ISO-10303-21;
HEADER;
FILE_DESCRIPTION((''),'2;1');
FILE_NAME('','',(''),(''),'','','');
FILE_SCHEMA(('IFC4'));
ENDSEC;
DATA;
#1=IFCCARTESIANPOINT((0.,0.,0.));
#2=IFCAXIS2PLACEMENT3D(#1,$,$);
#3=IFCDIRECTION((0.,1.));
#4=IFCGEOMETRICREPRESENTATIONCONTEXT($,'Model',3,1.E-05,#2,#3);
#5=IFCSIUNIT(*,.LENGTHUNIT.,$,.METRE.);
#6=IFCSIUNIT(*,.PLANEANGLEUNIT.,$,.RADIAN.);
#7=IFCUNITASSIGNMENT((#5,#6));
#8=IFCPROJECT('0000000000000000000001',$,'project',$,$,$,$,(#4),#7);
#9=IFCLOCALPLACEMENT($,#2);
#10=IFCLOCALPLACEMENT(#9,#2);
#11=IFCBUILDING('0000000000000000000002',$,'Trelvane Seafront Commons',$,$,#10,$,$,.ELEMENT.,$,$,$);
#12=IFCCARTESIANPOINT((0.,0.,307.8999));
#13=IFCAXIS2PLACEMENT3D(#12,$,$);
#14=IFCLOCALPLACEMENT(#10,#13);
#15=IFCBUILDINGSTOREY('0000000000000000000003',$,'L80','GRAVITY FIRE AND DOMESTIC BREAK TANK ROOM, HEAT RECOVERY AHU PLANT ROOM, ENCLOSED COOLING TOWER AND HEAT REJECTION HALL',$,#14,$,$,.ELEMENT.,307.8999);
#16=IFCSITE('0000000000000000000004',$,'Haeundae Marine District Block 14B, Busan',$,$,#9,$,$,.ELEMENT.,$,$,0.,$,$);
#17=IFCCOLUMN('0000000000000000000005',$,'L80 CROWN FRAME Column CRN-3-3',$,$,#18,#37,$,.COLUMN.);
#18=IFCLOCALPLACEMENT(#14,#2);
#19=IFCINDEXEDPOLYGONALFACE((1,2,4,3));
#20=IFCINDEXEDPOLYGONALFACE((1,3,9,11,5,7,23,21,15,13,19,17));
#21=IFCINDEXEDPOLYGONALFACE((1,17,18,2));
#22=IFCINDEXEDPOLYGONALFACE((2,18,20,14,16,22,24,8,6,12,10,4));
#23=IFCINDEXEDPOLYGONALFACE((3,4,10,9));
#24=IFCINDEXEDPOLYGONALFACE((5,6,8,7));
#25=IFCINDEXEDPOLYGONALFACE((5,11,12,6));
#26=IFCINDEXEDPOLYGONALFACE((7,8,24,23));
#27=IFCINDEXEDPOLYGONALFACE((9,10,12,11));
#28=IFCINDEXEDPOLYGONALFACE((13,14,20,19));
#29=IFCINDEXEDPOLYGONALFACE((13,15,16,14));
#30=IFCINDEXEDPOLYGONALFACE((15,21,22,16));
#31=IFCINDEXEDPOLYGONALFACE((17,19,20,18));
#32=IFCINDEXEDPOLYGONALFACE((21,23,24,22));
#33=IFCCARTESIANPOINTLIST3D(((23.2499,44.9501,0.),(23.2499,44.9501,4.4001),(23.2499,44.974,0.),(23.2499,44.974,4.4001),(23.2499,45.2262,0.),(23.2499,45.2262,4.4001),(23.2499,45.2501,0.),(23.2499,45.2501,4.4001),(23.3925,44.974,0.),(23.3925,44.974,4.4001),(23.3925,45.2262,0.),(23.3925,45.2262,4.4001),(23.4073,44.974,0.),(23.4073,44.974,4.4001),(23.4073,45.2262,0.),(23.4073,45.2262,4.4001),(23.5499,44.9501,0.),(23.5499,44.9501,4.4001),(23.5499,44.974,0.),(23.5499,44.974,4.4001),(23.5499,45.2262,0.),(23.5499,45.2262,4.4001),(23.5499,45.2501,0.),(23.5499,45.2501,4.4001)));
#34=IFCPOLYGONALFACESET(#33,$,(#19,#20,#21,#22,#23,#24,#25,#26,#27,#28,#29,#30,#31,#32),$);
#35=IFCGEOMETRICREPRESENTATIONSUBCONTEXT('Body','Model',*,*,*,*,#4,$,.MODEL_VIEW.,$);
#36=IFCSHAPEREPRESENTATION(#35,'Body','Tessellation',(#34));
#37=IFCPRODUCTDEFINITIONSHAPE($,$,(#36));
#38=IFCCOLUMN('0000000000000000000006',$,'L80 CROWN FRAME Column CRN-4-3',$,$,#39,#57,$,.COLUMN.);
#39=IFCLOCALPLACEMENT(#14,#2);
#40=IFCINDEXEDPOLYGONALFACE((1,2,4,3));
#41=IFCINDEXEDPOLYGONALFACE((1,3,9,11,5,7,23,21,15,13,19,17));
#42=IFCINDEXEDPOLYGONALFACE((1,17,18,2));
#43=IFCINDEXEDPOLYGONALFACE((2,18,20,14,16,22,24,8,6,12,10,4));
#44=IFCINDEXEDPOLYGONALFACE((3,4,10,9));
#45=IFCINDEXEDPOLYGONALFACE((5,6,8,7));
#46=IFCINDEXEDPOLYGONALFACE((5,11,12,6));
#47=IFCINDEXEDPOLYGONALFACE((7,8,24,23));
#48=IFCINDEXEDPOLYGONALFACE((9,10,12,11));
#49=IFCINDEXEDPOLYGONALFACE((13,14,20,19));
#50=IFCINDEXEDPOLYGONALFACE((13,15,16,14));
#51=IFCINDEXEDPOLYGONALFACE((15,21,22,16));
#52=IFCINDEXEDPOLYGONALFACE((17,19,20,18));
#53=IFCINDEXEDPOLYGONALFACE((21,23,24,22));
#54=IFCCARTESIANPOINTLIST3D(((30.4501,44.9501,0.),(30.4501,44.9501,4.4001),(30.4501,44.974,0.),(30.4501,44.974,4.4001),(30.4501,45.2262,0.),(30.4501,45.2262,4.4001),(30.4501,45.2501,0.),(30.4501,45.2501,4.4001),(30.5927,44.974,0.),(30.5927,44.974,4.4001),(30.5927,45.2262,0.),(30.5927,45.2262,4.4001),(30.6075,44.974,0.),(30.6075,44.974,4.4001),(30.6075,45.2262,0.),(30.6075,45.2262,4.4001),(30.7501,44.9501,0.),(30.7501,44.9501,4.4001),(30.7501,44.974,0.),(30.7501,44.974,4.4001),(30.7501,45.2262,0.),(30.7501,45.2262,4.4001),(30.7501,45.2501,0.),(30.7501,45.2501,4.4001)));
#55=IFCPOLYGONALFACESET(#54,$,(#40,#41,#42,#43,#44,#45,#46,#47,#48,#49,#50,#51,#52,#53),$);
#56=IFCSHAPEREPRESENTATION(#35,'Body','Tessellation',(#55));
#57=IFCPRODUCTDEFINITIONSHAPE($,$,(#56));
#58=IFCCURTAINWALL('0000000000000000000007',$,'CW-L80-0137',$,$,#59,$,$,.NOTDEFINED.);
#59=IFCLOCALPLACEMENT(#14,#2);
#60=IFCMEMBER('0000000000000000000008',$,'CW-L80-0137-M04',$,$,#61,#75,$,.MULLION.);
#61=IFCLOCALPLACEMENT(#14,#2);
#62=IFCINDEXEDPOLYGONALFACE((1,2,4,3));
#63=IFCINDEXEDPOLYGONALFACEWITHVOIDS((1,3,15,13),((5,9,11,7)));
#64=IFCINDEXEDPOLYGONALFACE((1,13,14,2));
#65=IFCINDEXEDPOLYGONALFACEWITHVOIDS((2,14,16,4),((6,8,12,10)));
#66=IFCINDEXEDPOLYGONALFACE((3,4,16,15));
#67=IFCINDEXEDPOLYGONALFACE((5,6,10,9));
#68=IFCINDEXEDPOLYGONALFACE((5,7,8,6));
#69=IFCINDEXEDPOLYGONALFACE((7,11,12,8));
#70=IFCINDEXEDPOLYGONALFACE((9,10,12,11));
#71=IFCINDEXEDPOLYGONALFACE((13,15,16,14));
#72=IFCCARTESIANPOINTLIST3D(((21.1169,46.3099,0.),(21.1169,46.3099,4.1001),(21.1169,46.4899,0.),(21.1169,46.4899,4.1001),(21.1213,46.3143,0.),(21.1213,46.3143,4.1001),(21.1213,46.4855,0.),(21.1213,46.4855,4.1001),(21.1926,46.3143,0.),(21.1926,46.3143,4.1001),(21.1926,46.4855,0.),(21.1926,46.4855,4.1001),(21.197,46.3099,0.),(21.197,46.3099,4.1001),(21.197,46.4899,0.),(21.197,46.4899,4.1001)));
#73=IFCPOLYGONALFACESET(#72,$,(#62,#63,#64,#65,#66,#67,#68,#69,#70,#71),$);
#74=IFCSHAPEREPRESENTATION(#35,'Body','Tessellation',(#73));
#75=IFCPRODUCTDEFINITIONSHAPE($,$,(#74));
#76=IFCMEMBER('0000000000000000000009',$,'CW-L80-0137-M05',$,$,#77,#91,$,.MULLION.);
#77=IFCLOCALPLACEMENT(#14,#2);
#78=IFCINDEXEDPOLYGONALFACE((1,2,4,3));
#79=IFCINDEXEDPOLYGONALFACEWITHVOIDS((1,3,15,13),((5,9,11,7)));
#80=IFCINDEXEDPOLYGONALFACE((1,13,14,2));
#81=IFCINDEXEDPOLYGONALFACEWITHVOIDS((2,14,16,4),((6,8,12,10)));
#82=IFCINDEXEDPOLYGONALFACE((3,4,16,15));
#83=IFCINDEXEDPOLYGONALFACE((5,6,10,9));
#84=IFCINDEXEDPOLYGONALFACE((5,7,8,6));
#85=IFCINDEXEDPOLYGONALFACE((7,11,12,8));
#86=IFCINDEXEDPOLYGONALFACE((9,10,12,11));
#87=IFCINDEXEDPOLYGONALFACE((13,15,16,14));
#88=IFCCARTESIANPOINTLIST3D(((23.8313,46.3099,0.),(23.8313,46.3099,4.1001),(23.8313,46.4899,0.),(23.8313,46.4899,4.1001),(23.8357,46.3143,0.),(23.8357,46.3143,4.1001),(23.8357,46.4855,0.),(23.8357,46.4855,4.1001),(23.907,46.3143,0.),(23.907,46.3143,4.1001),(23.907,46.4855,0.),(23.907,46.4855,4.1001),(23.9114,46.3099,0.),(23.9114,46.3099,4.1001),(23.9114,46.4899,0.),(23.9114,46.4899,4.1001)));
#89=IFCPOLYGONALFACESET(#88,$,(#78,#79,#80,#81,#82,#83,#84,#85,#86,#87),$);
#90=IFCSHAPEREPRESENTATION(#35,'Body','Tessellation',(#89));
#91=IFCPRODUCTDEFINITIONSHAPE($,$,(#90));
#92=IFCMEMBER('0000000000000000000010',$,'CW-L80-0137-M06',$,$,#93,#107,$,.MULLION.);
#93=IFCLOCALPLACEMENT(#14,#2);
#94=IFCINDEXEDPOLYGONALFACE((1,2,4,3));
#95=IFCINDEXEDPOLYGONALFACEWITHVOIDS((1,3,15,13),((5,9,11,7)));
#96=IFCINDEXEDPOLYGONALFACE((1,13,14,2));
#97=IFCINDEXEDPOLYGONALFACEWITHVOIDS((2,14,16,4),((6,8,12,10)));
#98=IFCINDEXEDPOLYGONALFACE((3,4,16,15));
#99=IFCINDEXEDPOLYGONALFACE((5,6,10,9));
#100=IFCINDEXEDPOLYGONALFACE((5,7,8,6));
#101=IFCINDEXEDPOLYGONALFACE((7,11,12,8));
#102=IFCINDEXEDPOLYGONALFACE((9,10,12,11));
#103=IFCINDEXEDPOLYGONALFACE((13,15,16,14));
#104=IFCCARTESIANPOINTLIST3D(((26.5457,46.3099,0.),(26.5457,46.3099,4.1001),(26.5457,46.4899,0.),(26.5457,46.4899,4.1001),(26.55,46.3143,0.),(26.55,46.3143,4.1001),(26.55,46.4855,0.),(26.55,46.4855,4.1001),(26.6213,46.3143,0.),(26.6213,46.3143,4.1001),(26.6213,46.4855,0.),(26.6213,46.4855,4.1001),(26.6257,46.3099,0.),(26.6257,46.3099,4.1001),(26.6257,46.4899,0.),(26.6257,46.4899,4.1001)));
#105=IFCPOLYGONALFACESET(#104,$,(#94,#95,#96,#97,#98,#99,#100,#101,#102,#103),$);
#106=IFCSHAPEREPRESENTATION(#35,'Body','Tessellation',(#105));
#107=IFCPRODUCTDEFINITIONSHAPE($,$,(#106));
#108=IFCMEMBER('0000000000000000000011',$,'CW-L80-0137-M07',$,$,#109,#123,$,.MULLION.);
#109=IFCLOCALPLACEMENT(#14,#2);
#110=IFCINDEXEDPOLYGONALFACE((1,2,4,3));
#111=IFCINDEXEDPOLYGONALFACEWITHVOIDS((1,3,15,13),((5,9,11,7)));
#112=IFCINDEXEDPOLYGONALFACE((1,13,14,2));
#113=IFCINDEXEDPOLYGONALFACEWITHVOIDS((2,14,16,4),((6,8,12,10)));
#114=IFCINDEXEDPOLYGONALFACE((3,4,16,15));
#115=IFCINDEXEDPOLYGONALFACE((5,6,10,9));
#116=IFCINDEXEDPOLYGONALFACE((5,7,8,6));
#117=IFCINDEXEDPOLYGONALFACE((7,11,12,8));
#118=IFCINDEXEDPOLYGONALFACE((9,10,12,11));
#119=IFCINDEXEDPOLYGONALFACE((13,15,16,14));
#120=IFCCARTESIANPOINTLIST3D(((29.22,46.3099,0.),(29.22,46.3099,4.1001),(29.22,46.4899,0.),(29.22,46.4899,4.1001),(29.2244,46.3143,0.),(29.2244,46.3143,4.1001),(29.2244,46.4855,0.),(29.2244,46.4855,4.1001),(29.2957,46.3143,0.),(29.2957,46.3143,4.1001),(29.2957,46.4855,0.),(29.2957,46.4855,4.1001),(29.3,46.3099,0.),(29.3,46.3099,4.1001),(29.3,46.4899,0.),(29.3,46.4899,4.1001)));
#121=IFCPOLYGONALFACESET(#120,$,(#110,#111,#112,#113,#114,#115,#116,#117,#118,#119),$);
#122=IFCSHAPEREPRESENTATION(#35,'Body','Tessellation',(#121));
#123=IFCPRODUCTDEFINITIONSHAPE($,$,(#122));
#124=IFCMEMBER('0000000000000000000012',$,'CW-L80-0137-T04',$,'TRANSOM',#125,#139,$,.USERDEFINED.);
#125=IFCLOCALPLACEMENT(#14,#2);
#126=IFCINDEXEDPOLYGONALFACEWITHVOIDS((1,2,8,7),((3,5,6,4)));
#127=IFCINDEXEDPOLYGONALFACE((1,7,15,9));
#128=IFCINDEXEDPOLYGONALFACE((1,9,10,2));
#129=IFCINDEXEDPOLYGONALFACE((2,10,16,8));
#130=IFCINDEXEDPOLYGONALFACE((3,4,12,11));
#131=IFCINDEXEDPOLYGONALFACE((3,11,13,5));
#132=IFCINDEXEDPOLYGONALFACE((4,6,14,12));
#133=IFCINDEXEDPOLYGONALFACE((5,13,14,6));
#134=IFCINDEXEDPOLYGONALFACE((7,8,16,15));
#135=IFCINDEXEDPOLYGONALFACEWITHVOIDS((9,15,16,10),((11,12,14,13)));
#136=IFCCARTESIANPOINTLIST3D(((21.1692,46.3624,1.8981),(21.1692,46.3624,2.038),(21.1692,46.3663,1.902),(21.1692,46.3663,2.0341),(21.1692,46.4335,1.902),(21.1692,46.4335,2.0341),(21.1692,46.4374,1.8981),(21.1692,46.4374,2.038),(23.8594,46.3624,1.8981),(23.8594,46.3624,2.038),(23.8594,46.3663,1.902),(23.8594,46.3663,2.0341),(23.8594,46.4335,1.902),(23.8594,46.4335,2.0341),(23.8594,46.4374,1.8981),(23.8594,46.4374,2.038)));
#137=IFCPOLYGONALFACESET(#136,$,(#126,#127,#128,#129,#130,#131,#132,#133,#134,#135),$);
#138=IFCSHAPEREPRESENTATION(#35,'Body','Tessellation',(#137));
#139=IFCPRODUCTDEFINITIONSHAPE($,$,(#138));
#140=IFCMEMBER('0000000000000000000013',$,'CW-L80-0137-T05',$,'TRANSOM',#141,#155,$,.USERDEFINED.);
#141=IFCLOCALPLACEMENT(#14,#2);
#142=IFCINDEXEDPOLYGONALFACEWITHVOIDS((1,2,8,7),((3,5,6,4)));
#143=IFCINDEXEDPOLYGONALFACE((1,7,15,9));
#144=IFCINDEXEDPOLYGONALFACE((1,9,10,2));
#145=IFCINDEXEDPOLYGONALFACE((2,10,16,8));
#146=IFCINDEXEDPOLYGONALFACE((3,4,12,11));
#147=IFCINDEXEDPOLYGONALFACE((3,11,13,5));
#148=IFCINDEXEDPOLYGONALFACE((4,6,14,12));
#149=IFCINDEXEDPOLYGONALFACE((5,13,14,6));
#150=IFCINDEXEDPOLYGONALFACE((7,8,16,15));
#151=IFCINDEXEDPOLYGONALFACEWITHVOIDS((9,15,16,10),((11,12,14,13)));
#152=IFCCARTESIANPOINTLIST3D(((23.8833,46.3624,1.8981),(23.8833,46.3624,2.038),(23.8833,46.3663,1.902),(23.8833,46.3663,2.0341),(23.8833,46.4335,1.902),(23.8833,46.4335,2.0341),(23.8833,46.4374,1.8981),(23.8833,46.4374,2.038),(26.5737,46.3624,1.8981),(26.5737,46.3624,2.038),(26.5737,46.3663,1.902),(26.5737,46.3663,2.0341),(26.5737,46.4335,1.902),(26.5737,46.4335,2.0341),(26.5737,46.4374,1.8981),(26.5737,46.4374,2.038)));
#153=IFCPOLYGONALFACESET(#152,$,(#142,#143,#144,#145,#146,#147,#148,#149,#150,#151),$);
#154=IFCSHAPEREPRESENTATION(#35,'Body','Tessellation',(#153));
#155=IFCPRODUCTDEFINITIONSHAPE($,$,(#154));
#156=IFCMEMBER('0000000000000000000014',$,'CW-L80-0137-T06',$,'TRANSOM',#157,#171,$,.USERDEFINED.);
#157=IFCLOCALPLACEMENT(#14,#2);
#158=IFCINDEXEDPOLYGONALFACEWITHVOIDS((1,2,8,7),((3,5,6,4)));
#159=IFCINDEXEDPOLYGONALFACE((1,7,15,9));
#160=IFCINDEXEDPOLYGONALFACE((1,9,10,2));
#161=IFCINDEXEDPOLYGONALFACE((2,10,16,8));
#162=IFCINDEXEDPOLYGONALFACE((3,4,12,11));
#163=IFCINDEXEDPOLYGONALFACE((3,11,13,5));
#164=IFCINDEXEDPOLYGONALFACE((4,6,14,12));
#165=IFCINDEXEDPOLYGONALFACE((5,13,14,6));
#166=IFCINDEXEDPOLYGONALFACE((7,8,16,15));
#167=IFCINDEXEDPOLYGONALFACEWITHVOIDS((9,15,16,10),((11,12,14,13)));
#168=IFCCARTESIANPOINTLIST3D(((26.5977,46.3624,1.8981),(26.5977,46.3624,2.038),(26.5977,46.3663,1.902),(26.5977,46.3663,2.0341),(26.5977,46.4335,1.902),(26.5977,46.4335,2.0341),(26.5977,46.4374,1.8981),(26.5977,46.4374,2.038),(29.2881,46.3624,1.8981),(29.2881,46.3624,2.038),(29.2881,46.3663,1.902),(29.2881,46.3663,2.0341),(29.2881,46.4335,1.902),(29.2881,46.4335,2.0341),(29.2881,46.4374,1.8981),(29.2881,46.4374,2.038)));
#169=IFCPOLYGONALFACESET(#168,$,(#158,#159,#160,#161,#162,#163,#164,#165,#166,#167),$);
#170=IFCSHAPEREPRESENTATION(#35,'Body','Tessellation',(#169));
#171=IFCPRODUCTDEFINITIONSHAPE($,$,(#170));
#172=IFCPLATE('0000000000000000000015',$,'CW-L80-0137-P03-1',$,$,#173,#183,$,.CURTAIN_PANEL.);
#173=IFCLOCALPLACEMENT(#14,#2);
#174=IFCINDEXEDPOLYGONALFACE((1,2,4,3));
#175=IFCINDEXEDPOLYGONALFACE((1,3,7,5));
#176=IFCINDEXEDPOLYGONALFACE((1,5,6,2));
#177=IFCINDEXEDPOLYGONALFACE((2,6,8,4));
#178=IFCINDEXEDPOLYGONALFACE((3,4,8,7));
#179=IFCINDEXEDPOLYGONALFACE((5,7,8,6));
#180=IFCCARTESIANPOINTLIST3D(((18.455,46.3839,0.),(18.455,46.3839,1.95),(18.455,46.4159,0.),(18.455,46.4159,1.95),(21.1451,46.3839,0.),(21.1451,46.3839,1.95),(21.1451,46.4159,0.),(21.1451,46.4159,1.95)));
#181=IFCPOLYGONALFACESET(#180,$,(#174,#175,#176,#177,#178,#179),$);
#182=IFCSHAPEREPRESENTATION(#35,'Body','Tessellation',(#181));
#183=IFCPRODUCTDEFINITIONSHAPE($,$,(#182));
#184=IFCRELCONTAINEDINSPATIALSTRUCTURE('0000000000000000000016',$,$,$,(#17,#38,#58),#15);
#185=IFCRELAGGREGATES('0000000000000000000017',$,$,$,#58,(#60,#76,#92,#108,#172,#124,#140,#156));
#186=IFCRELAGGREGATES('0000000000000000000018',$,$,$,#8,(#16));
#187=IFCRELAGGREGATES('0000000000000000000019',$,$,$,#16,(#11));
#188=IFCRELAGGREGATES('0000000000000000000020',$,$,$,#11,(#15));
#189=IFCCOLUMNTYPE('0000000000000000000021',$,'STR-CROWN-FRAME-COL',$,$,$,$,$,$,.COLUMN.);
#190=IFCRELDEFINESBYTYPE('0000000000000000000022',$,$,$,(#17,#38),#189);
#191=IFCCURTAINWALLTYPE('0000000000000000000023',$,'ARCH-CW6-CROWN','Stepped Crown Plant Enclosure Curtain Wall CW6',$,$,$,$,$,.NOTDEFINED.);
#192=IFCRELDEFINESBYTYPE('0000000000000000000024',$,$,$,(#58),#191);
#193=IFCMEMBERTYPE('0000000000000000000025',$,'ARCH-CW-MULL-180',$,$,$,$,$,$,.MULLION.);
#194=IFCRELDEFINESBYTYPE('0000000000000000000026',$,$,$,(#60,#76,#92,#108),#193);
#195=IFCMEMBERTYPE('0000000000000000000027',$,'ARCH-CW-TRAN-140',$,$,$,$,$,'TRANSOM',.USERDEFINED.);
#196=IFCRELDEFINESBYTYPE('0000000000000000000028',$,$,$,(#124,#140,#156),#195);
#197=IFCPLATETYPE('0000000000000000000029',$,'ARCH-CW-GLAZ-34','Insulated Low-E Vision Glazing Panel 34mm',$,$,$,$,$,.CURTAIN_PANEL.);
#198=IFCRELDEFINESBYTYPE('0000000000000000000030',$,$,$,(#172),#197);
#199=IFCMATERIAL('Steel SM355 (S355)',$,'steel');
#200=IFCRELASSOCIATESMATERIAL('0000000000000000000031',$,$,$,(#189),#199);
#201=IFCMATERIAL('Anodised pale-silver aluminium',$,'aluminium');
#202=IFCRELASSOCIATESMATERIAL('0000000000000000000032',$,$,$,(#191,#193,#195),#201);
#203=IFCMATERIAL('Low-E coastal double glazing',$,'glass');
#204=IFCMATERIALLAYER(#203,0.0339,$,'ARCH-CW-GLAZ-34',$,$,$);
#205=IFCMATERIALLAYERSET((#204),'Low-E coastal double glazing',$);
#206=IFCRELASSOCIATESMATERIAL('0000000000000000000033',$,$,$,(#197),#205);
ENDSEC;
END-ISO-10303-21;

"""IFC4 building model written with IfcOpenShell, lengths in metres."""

from ifc_helpers import new_model, si_unit, direction, frame, origin, origin_2d, place, context, subcontext, project, spatial, rectangle, hollow_rectangle, i_section, extrude, source, transform, mapped, material, layer, layer_set, material_profile, profile_set, type_object, element, aggregate, save


model = new_model("IFC4")

# Units and contexts
model_context = context("Model", 3, precision=1e-05, world=origin(), true_north=direction((0.0, 1.0)))
body_context = subcontext(model_context, "Body", "Model", "MODEL_VIEW")
ifc_project = project(units=[si_unit("LENGTHUNIT", "METRE"), si_unit("PLANEANGLEUNIT", "RADIAN")], contexts=[model_context])

# Site, building, storey
site_placement = place(None, origin())
site = spatial("IfcSite", under=ifc_project, at=site_placement, Name="Haeundae Marine District Block 14B, Busan", CompositionType="ELEMENT", RefElevation=0.0)
building_placement = place(site_placement, origin())
building = spatial("IfcBuilding", under=site, at=building_placement, Name="Trelvane Seafront Commons", CompositionType="ELEMENT")
storey_placement = place(building_placement, frame((0.0, 0.0, 307.8999)))
storey = spatial("IfcBuildingStorey", under=building, at=storey_placement, Name="L80", Description="GRAVITY FIRE AND DOMESTIC BREAK TANK ROOM, HEAT RECOVERY AHU PLANT ROOM, ENCLOSED COOLING TOWER AND HEAT REJECTION HALL", CompositionType="ELEMENT", Elevation=307.8999)

# Columns
ifc_material_1 = material(Name="Steel SM355 (S355)", Category="steel")
ifc_material_profile_1 = material_profile(ifc_material_1, i_section(OverallWidth=0.3, OverallDepth=0.3, WebThickness=0.0149, FlangeThickness=0.0239, at=origin_2d()), Name="HD-300x300x15x24")
ifc_profile_set_1 = profile_set([ifc_material_profile_1], Name="Steel SM355 (S355)")
column_type = type_object("IfcColumnType", Name="STR-CROWN-FRAME-COL", PredefinedType="COLUMN", material=ifc_profile_set_1)
shared_shape_1 = source(origin(), body_context, "Body", "SweptSolid", [
    extrude(i_section(OverallWidth=0.3, OverallDepth=0.3, WebThickness=0.0149, FlangeThickness=0.0239, at=origin_2d()), origin(), (0.0, 0.0, 1.0), 4.4001),
])
for number, where, z_axis, x_axis, name in (
    (1, (23.3999, 45.1001, 0.0), (0.0, 0.0, 1.0), (1.0, 0.0, 0.0), "L80 CROWN FRAME Column CRN-3-3"),
    (2, (30.6001, 45.1001, 0.0), (0.0, 0.0, 1.0), (1.0, 0.0, 0.0), "L80 CROWN FRAME Column CRN-4-3"),
):
    element("IfcColumn", number, at=place(storey_placement, frame(where, z_axis=z_axis, x_axis=x_axis)), inside=storey, type_object=column_type, Name=name, PredefinedType="COLUMN", context=body_context, shape_type="MappedRepresentation", body=[
        mapped(shared_shape_1, transform((0.0, 0.0, 0.0), x_axis=(1.0, 0.0, 0.0), y_axis=(0.0, 1.0, 0.0), z_axis=(0.0, 0.0, 1.0), scale=1.0)),
    ])

# Curtain wall, members, plate
ifc_material_2 = material(Name="Anodised pale-silver aluminium", Category="aluminium")
curtain_wall_type = type_object("IfcCurtainWallType", Name="ARCH-CW6-CROWN", Description="Stepped Crown Plant Enclosure Curtain Wall CW6", PredefinedType="NOTDEFINED", material=ifc_material_2)
curtain_wall_placement = place(storey_placement, origin())
curtain_wall = element("IfcCurtainWall", 3, at=curtain_wall_placement, inside=storey, type_object=curtain_wall_type, Name="CW-L80-0137", PredefinedType="NOTDEFINED")
ifc_material_profile_2 = material_profile(ifc_material_2, hollow_rectangle(XDim=0.0801, YDim=0.1799, WallThickness=0.0044, at=origin_2d()), Name="MULL-80x180x4.5")
ifc_profile_set_2 = profile_set([ifc_material_profile_2], Name="Anodised pale-silver aluminium")
member_type_1 = type_object("IfcMemberType", Name="ARCH-CW-MULL-180", PredefinedType="MULLION", material=ifc_profile_set_2)
shared_shape_2 = source(origin(), body_context, "Body", "SweptSolid", [
    extrude(hollow_rectangle(XDim=0.0801, YDim=0.1799, WallThickness=0.0044, at=origin_2d()), origin(), (0.0, 0.0, 1.0), 4.1001),
])
member_1_placement = place(storey_placement, frame((21.157, 46.3999, 0.0), z_axis=(0.0, 0.0, 1.0), x_axis=(1.0, 0.0, 0.0)))
member_1 = element("IfcMember", 4, at=member_1_placement, type_object=member_type_1, Name="CW-L80-0137-M04", PredefinedType="MULLION", context=body_context, shape_type="MappedRepresentation", body=[
    mapped(shared_shape_2, transform((0.0, 0.0, 0.0), x_axis=(1.0, 0.0, 0.0), y_axis=(0.0, 1.0, 0.0), z_axis=(0.0, 0.0, 1.0), scale=1.0)),
])
member_2_placement = place(storey_placement, frame((23.8713, 46.3999, 0.0), z_axis=(0.0, 0.0, 1.0), x_axis=(1.0, 0.0, 0.0)))
member_2 = element("IfcMember", 5, at=member_2_placement, type_object=member_type_1, Name="CW-L80-0137-M05", PredefinedType="MULLION", context=body_context, shape_type="MappedRepresentation", body=[
    mapped(shared_shape_2, transform((0.0, 0.0, 0.0), x_axis=(1.0, 0.0, 0.0), y_axis=(0.0, 1.0, 0.0), z_axis=(0.0, 0.0, 1.0), scale=1.0)),
])
member_3_placement = place(storey_placement, frame((26.5857, 46.3999, 0.0), z_axis=(0.0, 0.0, 1.0), x_axis=(1.0, 0.0, 0.0)))
member_3 = element("IfcMember", 6, at=member_3_placement, type_object=member_type_1, Name="CW-L80-0137-M06", PredefinedType="MULLION", context=body_context, shape_type="MappedRepresentation", body=[
    mapped(shared_shape_2, transform((0.0, 0.0, 0.0), x_axis=(1.0, 0.0, 0.0), y_axis=(0.0, 1.0, 0.0), z_axis=(0.0, 0.0, 1.0), scale=1.0)),
])
member_4_placement = place(storey_placement, frame((29.26, 46.3999, 0.0), z_axis=(0.0, 0.0, 1.0), x_axis=(1.0, 0.0, 0.0)))
member_4 = element("IfcMember", 7, at=member_4_placement, type_object=member_type_1, Name="CW-L80-0137-M07", PredefinedType="MULLION", context=body_context, shape_type="MappedRepresentation", body=[
    mapped(shared_shape_2, transform((0.0, 0.0, 0.0), x_axis=(1.0, 0.0, 0.0), y_axis=(0.0, 1.0, 0.0), z_axis=(0.0, 0.0, 1.0), scale=1.0)),
])
ifc_material_profile_3 = material_profile(ifc_material_2, hollow_rectangle(XDim=0.075, YDim=0.1399, WallThickness=0.0039, at=origin_2d()), Name="TRAN-75x140x4")
ifc_profile_set_3 = profile_set([ifc_material_profile_3], Name="Anodised pale-silver aluminium")
member_type_2 = type_object("IfcMemberType", Name="ARCH-CW-TRAN-140", ElementType="TRANSOM", PredefinedType="USERDEFINED", material=ifc_profile_set_3)
shared_shape_3 = source(origin(), body_context, "Body", "SweptSolid", [
    extrude(hollow_rectangle(XDim=0.075, YDim=0.1399, WallThickness=0.0039, at=origin_2d()), origin(), (0.0, 0.0, 1.0), 2.6902),
])
member_5_placement = place(storey_placement, frame((21.1692, 46.3999, 1.968), z_axis=(1.0, 0.0, 0.0), x_axis=(0.0, 1.0, 0.0)))
member_5 = element("IfcMember", 8, at=member_5_placement, type_object=member_type_2, Name="CW-L80-0137-T04", ObjectType="TRANSOM", PredefinedType="USERDEFINED", context=body_context, shape_type="MappedRepresentation", body=[
    mapped(shared_shape_3, transform((0.0, 0.0, 0.0), x_axis=(1.0, 0.0, 0.0), y_axis=(0.0, 1.0, 0.0), z_axis=(0.0, 0.0, 1.0), scale=1.0)),
])
shared_shape_4 = source(origin(), body_context, "Body", "SweptSolid", [
    extrude(hollow_rectangle(XDim=0.075, YDim=0.1399, WallThickness=0.0039, at=origin_2d()), origin(), (0.0, 0.0, 1.0), 2.6904),
])
member_6_placement = place(storey_placement, frame((23.8833, 46.3999, 1.968), z_axis=(1.0, 0.0, 0.0), x_axis=(0.0, 1.0, 0.0)))
member_6 = element("IfcMember", 9, at=member_6_placement, type_object=member_type_2, Name="CW-L80-0137-T05", ObjectType="TRANSOM", PredefinedType="USERDEFINED", context=body_context, shape_type="MappedRepresentation", body=[
    mapped(shared_shape_4, transform((0.0, 0.0, 0.0), x_axis=(1.0, 0.0, 0.0), y_axis=(0.0, 1.0, 0.0), z_axis=(0.0, 0.0, 1.0), scale=1.0)),
])
member_7_placement = place(storey_placement, frame((26.5977, 46.3999, 1.968), z_axis=(1.0, 0.0, 0.0), x_axis=(0.0, 1.0, 0.0)))
member_7 = element("IfcMember", 10, at=member_7_placement, type_object=member_type_2, Name="CW-L80-0137-T06", ObjectType="TRANSOM", PredefinedType="USERDEFINED", context=body_context, shape_type="MappedRepresentation", body=[
    mapped(shared_shape_4, transform((0.0, 0.0, 0.0), x_axis=(1.0, 0.0, 0.0), y_axis=(0.0, 1.0, 0.0), z_axis=(0.0, 0.0, 1.0), scale=1.0)),
])
ifc_material_3 = material(Name="Low-E coastal double glazing", Category="glass")
ifc_layer_1 = layer(ifc_material_3, 0.0339, Name="ARCH-CW-GLAZ-34")
ifc_layer_set_1 = layer_set([ifc_layer_1], Name="Low-E coastal double glazing")
plate_type_1 = type_object("IfcPlateType", Name="ARCH-CW-GLAZ-34", Description="Insulated Low-E Vision Glazing Panel 34mm", PredefinedType="CURTAIN_PANEL", material=ifc_layer_set_1)
shared_shape_5 = source(origin(), body_context, "Body", "SweptSolid", [
    extrude(rectangle(XDim=2.6902, YDim=0.032, at=origin_2d()), origin(), (0.0, 0.0, 1.0), 1.95),
])
plate_1_placement = place(storey_placement, frame((19.8, 46.3999, 0.0), z_axis=(0.0, 0.0, 1.0), x_axis=(1.0, 0.0, 0.0)))
plate_1 = element("IfcPlate", 11, at=plate_1_placement, type_object=plate_type_1, Name="CW-L80-0137-P03-1", PredefinedType="CURTAIN_PANEL", context=body_context, shape_type="MappedRepresentation", body=[
    mapped(shared_shape_5, transform((0.0, 0.0, 0.0), x_axis=(1.0, 0.0, 0.0), y_axis=(0.0, 1.0, 0.0), z_axis=(0.0, 0.0, 1.0), scale=1.0)),
])
aggregate(curtain_wall, [member_1, member_2, member_3, member_4, plate_1, member_5, member_6, member_7])

save(model, "model.ifc")
